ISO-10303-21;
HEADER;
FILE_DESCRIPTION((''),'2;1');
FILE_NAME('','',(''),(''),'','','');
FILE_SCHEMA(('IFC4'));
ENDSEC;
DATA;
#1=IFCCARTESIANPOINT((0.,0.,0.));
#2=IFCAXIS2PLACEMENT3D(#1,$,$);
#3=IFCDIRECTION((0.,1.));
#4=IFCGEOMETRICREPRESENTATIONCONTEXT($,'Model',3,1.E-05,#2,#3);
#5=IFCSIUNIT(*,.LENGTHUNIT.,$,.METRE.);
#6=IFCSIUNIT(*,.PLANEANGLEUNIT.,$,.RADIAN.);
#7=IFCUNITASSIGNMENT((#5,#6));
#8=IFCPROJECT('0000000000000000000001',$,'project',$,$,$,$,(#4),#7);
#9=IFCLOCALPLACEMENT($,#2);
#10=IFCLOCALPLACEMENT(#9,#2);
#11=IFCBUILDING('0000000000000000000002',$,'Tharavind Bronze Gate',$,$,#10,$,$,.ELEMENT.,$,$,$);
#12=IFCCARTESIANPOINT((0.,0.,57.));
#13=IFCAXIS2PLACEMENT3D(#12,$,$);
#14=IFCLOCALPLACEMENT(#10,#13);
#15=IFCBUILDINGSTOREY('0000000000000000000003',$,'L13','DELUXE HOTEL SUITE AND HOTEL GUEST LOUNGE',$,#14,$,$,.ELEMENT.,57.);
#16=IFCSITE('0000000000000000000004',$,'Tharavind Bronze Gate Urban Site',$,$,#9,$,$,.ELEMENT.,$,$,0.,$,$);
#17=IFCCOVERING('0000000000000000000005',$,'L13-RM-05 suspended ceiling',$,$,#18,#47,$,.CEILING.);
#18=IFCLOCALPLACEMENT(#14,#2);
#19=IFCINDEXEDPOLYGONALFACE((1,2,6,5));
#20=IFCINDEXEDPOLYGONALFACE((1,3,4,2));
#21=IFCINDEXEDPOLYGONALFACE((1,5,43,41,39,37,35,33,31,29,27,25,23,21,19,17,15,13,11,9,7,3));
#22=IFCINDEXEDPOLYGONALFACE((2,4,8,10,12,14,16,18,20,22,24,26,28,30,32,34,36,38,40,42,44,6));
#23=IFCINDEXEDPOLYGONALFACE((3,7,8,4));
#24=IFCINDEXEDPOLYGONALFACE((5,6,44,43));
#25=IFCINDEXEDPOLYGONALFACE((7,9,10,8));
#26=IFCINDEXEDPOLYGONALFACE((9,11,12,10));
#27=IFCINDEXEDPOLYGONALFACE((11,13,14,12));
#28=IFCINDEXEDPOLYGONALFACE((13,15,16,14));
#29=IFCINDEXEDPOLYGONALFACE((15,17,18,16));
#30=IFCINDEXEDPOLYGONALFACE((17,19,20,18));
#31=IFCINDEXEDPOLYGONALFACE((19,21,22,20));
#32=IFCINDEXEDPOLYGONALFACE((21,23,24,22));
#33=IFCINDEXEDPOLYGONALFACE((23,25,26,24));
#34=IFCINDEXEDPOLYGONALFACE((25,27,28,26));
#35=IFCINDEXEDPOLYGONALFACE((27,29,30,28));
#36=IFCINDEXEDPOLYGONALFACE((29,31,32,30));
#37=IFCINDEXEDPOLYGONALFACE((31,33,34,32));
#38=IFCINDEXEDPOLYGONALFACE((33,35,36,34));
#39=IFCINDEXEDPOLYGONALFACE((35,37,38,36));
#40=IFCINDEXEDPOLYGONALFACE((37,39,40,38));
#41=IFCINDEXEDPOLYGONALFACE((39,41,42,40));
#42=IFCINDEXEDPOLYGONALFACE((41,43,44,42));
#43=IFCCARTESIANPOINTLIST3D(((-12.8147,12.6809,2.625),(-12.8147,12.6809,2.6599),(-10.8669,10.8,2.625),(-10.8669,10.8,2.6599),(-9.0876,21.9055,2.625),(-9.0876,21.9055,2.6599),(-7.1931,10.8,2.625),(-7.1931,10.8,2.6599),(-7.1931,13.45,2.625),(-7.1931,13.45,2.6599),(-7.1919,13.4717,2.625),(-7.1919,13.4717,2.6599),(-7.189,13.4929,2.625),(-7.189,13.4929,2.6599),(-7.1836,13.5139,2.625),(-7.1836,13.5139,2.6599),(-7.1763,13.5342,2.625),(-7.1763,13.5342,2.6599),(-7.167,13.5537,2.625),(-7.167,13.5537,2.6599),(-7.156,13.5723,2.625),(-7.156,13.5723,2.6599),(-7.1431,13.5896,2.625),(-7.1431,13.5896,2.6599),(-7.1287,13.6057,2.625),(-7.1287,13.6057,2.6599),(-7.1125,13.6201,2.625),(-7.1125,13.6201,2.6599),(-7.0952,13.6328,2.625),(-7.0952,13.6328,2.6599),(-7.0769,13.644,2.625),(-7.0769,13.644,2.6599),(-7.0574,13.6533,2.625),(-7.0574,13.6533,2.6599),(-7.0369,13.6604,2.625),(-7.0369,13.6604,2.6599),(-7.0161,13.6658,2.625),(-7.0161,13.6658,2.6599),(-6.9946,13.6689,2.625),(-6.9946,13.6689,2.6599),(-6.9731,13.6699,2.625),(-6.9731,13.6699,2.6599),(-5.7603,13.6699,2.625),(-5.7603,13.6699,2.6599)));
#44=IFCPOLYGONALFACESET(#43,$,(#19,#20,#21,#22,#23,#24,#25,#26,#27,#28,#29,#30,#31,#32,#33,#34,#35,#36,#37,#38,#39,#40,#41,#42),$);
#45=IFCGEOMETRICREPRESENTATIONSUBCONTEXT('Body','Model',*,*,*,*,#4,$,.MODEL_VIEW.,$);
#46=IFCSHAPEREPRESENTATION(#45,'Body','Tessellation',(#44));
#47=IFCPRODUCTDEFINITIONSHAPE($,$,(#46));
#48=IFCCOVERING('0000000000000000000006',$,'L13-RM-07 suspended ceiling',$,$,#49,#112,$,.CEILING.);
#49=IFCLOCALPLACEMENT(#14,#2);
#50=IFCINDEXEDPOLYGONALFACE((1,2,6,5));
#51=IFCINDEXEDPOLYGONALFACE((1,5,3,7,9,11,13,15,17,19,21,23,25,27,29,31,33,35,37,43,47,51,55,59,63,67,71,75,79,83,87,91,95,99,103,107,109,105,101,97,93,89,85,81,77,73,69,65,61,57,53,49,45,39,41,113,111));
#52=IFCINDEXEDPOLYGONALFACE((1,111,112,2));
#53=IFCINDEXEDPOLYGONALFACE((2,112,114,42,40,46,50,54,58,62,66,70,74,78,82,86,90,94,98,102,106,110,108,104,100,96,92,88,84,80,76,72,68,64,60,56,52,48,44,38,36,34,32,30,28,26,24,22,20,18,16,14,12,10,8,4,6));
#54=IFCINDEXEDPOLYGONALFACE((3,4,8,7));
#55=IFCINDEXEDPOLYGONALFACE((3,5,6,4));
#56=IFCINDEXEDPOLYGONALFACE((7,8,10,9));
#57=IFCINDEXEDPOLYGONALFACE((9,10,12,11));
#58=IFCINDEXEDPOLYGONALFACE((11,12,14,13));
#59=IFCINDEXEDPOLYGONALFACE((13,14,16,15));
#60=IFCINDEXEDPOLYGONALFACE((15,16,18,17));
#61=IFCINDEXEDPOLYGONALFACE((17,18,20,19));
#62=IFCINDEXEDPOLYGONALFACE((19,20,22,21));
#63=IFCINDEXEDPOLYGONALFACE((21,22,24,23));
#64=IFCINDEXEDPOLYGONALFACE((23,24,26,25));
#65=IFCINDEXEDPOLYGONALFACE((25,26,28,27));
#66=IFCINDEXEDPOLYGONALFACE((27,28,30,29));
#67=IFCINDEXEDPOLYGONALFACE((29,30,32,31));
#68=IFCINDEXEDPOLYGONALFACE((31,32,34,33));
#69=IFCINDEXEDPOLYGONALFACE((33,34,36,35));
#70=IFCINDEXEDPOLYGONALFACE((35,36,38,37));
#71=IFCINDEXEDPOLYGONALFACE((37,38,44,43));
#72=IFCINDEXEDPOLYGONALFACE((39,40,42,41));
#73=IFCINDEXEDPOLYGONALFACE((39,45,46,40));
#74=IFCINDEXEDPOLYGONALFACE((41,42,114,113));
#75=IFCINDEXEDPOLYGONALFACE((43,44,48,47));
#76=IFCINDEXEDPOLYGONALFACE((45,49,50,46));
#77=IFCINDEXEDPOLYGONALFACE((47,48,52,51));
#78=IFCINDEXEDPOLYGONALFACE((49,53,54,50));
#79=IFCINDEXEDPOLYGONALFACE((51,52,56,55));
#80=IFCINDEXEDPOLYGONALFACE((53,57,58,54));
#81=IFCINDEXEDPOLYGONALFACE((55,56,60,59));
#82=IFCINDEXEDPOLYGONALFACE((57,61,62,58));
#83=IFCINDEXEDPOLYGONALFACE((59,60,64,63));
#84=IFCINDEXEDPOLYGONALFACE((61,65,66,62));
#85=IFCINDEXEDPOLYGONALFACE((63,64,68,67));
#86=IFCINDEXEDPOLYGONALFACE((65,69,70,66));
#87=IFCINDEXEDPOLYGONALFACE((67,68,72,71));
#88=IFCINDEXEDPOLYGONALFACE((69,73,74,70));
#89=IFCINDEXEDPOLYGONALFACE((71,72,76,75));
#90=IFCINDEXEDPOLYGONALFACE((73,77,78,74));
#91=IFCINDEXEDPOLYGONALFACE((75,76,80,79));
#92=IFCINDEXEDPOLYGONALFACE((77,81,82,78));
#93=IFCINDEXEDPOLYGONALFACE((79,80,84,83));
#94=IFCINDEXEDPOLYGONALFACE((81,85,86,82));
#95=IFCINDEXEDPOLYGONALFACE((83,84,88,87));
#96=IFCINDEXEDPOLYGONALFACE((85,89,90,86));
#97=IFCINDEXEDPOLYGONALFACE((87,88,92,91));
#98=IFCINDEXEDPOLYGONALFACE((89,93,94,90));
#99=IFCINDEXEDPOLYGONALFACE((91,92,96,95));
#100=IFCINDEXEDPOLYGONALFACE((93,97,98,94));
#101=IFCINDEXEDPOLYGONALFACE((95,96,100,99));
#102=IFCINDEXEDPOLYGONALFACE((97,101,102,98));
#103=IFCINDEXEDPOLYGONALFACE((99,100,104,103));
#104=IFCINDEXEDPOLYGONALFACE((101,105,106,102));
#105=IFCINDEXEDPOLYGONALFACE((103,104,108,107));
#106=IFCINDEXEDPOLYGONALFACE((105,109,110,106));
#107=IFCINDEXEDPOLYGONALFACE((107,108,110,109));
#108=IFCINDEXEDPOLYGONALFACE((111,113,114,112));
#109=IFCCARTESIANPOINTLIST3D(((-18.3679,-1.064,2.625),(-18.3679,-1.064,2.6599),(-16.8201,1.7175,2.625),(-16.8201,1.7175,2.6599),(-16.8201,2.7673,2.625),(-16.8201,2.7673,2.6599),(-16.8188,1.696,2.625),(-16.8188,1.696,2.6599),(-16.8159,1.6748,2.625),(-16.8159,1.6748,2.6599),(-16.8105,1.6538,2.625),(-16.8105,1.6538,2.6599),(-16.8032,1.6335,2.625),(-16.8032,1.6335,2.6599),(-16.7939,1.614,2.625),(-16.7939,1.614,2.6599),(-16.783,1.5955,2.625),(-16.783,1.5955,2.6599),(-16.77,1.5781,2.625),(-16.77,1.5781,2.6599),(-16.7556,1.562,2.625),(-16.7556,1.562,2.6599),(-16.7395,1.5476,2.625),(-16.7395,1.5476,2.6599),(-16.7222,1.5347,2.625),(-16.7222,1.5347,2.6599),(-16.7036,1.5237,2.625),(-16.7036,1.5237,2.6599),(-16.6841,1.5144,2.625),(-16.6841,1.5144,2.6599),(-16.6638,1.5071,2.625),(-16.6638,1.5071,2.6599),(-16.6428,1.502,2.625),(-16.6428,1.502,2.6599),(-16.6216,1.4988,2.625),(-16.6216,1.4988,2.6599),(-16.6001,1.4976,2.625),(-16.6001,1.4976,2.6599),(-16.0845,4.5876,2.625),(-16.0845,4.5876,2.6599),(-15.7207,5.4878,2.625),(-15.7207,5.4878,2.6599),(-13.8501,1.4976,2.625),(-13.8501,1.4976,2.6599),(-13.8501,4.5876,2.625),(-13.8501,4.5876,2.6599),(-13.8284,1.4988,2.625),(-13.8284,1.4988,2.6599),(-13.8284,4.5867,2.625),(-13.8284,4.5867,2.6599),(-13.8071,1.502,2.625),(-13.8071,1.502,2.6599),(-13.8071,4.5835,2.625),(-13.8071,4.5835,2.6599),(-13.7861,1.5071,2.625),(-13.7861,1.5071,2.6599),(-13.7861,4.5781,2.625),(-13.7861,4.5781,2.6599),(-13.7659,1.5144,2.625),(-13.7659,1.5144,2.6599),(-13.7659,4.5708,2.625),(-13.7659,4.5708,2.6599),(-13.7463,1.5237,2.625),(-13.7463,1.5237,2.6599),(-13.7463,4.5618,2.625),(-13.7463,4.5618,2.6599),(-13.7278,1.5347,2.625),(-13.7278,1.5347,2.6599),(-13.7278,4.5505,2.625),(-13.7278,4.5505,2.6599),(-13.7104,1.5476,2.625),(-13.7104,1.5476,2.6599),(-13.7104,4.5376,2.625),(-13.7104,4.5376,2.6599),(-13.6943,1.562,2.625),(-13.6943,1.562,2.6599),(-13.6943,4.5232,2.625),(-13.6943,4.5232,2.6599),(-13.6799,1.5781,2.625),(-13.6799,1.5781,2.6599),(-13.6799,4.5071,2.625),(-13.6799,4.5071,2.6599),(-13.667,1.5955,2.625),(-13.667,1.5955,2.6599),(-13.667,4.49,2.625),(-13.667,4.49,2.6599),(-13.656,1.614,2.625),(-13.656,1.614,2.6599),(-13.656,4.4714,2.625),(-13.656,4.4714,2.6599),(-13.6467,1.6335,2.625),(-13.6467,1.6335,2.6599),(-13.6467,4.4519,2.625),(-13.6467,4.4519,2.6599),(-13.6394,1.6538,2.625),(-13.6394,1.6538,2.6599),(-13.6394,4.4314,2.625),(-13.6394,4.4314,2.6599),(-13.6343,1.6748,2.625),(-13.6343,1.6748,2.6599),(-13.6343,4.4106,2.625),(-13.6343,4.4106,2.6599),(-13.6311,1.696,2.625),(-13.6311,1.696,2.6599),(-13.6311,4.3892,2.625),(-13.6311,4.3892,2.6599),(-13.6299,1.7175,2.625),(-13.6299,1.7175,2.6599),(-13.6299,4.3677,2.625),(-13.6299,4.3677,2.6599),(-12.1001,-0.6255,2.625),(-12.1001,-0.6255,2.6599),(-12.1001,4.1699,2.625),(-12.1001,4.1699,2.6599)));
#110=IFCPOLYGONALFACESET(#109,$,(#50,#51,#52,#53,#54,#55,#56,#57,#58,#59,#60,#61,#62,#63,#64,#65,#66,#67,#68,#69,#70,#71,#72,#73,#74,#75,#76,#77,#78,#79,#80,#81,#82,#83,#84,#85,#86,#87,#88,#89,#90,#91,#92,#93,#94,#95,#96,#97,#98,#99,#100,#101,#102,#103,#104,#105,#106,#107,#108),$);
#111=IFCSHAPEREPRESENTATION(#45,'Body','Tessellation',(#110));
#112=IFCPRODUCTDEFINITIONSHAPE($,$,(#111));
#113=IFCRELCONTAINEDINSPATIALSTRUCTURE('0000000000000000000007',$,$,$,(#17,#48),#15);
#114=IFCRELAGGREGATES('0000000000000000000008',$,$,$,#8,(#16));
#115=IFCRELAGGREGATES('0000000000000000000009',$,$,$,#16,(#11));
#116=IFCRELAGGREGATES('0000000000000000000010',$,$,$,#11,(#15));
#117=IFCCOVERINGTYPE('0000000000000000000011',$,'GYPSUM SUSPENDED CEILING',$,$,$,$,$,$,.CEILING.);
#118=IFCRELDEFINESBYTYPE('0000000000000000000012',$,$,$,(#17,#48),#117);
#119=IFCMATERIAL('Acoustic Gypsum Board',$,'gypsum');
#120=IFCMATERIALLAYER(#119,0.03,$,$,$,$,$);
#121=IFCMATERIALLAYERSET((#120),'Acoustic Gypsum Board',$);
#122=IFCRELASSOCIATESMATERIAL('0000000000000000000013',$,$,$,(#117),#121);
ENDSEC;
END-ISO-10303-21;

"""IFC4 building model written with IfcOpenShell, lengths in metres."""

from ifc_helpers import new_model, si_unit, direction, frame, origin, place, context, subcontext, project, spatial, polyline, outline, extrude, material, layer, layer_set, type_object, element, save


model = new_model("IFC4")

# Units and contexts
model_context = context("Model", 3, precision=1e-05, world=origin(), true_north=direction((0.0, 1.0)))
body_context = subcontext(model_context, "Body", "Model", "MODEL_VIEW")
ifc_project = project(units=[si_unit("LENGTHUNIT", "METRE"), si_unit("PLANEANGLEUNIT", "RADIAN")], contexts=[model_context])

# Site, building, storey
site_placement = place(None, origin())
site = spatial("IfcSite", under=ifc_project, at=site_placement, Name="Tharavind Bronze Gate Urban Site", CompositionType="ELEMENT", RefElevation=0.0)
building_placement = place(site_placement, origin())
building = spatial("IfcBuilding", under=site, at=building_placement, Name="Tharavind Bronze Gate", CompositionType="ELEMENT")
storey_placement = place(building_placement, frame((0.0, 0.0, 57.0)))
storey = spatial("IfcBuildingStorey", under=building, at=storey_placement, Name="L13", Description="DELUXE HOTEL SUITE AND HOTEL GUEST LOUNGE", CompositionType="ELEMENT", Elevation=57.0)

# Coverings
ifc_material_1 = material(Name="Acoustic Gypsum Board", Category="gypsum")
ifc_layer_1 = layer(ifc_material_1, 0.03)
ifc_layer_set_1 = layer_set([ifc_layer_1], Name="Acoustic Gypsum Board")
covering_type_1 = type_object("IfcCoveringType", Name="GYPSUM SUSPENDED CEILING", PredefinedType="CEILING", material=ifc_layer_set_1)
covering_1_placement = place(storey_placement, frame((0.0, 0.0, 2.625)))
element("IfcCovering", 1, at=covering_1_placement, inside=storey, type_object=covering_type_1, Name="L13-RM-05 suspended ceiling", PredefinedType="CEILING", context=body_context, shape_type="SweptSolid", body=[
    extrude(outline(polyline([(-10.8669, 10.8), (-7.1931, 10.8), (-7.1931, 13.45), (-7.1919, 13.4717), (-7.189, 13.4929), (-7.1836, 13.5139), (-7.1763, 13.5342), (-7.167, 13.5537), (-7.156, 13.5723), (-7.1431, 13.5896), (-7.1287, 13.6057), (-7.1125, 13.6201), (-7.0952, 13.6328), (-7.0769, 13.644), (-7.0574, 13.6533), (-7.0369, 13.6604), (-7.0161, 13.6658), (-6.9946, 13.6689), (-6.9731, 13.6699), (-5.7603, 13.6699), (-9.0876, 21.9055), (-12.8147, 12.6809), (-10.8669, 10.8)])), origin(), (0.0, 0.0, 1.0), 0.0349),
])
covering_2_placement = place(storey_placement, frame((0.0, 0.0, 2.625)))
element("IfcCovering", 2, at=covering_2_placement, inside=storey, type_object=covering_type_1, Name="L13-RM-07 suspended ceiling", PredefinedType="CEILING", context=body_context, shape_type="SweptSolid", body=[
    extrude(outline(polyline([(-12.1001, -0.6255), (-12.1001, 4.1699), (-15.7207, 5.4878), (-16.0845, 4.5876), (-13.8501, 4.5876), (-13.8284, 4.5867), (-13.8071, 4.5835), (-13.7861, 4.5781), (-13.7659, 4.5708), (-13.7463, 4.5618), (-13.7278, 4.5505), (-13.7104, 4.5376), (-13.6943, 4.5232), (-13.6799, 4.5071), (-13.667, 4.49), (-13.656, 4.4714), (-13.6467, 4.4519), (-13.6394, 4.4314), (-13.6343, 4.4106), (-13.6311, 4.3892), (-13.6299, 4.3677), (-13.6299, 1.7175), (-13.6311, 1.696), (-13.6343, 1.6748), (-13.6394, 1.6538), (-13.6467, 1.6335), (-13.656, 1.614), (-13.667, 1.5955), (-13.6799, 1.5781), (-13.6943, 1.562), (-13.7104, 1.5476), (-13.7278, 1.5347), (-13.7463, 1.5237), (-13.7659, 1.5144), (-13.7861, 1.5071), (-13.8071, 1.502), (-13.8284, 1.4988), (-13.8501, 1.4976), (-16.6001, 1.4976), (-16.6216, 1.4988), (-16.6428, 1.502), (-16.6638, 1.5071), (-16.6841, 1.5144), (-16.7036, 1.5237), (-16.7222, 1.5347), (-16.7395, 1.5476), (-16.7556, 1.562), (-16.77, 1.5781), (-16.783, 1.5955), (-16.7939, 1.614), (-16.8032, 1.6335), (-16.8105, 1.6538), (-16.8159, 1.6748), (-16.8188, 1.696), (-16.8201, 1.7175), (-16.8201, 2.7673), (-18.3679, -1.064), (-12.1001, -0.6255)])), origin(), (0.0, 0.0, 1.0), 0.0349),
])

save(model, "model.ifc")
